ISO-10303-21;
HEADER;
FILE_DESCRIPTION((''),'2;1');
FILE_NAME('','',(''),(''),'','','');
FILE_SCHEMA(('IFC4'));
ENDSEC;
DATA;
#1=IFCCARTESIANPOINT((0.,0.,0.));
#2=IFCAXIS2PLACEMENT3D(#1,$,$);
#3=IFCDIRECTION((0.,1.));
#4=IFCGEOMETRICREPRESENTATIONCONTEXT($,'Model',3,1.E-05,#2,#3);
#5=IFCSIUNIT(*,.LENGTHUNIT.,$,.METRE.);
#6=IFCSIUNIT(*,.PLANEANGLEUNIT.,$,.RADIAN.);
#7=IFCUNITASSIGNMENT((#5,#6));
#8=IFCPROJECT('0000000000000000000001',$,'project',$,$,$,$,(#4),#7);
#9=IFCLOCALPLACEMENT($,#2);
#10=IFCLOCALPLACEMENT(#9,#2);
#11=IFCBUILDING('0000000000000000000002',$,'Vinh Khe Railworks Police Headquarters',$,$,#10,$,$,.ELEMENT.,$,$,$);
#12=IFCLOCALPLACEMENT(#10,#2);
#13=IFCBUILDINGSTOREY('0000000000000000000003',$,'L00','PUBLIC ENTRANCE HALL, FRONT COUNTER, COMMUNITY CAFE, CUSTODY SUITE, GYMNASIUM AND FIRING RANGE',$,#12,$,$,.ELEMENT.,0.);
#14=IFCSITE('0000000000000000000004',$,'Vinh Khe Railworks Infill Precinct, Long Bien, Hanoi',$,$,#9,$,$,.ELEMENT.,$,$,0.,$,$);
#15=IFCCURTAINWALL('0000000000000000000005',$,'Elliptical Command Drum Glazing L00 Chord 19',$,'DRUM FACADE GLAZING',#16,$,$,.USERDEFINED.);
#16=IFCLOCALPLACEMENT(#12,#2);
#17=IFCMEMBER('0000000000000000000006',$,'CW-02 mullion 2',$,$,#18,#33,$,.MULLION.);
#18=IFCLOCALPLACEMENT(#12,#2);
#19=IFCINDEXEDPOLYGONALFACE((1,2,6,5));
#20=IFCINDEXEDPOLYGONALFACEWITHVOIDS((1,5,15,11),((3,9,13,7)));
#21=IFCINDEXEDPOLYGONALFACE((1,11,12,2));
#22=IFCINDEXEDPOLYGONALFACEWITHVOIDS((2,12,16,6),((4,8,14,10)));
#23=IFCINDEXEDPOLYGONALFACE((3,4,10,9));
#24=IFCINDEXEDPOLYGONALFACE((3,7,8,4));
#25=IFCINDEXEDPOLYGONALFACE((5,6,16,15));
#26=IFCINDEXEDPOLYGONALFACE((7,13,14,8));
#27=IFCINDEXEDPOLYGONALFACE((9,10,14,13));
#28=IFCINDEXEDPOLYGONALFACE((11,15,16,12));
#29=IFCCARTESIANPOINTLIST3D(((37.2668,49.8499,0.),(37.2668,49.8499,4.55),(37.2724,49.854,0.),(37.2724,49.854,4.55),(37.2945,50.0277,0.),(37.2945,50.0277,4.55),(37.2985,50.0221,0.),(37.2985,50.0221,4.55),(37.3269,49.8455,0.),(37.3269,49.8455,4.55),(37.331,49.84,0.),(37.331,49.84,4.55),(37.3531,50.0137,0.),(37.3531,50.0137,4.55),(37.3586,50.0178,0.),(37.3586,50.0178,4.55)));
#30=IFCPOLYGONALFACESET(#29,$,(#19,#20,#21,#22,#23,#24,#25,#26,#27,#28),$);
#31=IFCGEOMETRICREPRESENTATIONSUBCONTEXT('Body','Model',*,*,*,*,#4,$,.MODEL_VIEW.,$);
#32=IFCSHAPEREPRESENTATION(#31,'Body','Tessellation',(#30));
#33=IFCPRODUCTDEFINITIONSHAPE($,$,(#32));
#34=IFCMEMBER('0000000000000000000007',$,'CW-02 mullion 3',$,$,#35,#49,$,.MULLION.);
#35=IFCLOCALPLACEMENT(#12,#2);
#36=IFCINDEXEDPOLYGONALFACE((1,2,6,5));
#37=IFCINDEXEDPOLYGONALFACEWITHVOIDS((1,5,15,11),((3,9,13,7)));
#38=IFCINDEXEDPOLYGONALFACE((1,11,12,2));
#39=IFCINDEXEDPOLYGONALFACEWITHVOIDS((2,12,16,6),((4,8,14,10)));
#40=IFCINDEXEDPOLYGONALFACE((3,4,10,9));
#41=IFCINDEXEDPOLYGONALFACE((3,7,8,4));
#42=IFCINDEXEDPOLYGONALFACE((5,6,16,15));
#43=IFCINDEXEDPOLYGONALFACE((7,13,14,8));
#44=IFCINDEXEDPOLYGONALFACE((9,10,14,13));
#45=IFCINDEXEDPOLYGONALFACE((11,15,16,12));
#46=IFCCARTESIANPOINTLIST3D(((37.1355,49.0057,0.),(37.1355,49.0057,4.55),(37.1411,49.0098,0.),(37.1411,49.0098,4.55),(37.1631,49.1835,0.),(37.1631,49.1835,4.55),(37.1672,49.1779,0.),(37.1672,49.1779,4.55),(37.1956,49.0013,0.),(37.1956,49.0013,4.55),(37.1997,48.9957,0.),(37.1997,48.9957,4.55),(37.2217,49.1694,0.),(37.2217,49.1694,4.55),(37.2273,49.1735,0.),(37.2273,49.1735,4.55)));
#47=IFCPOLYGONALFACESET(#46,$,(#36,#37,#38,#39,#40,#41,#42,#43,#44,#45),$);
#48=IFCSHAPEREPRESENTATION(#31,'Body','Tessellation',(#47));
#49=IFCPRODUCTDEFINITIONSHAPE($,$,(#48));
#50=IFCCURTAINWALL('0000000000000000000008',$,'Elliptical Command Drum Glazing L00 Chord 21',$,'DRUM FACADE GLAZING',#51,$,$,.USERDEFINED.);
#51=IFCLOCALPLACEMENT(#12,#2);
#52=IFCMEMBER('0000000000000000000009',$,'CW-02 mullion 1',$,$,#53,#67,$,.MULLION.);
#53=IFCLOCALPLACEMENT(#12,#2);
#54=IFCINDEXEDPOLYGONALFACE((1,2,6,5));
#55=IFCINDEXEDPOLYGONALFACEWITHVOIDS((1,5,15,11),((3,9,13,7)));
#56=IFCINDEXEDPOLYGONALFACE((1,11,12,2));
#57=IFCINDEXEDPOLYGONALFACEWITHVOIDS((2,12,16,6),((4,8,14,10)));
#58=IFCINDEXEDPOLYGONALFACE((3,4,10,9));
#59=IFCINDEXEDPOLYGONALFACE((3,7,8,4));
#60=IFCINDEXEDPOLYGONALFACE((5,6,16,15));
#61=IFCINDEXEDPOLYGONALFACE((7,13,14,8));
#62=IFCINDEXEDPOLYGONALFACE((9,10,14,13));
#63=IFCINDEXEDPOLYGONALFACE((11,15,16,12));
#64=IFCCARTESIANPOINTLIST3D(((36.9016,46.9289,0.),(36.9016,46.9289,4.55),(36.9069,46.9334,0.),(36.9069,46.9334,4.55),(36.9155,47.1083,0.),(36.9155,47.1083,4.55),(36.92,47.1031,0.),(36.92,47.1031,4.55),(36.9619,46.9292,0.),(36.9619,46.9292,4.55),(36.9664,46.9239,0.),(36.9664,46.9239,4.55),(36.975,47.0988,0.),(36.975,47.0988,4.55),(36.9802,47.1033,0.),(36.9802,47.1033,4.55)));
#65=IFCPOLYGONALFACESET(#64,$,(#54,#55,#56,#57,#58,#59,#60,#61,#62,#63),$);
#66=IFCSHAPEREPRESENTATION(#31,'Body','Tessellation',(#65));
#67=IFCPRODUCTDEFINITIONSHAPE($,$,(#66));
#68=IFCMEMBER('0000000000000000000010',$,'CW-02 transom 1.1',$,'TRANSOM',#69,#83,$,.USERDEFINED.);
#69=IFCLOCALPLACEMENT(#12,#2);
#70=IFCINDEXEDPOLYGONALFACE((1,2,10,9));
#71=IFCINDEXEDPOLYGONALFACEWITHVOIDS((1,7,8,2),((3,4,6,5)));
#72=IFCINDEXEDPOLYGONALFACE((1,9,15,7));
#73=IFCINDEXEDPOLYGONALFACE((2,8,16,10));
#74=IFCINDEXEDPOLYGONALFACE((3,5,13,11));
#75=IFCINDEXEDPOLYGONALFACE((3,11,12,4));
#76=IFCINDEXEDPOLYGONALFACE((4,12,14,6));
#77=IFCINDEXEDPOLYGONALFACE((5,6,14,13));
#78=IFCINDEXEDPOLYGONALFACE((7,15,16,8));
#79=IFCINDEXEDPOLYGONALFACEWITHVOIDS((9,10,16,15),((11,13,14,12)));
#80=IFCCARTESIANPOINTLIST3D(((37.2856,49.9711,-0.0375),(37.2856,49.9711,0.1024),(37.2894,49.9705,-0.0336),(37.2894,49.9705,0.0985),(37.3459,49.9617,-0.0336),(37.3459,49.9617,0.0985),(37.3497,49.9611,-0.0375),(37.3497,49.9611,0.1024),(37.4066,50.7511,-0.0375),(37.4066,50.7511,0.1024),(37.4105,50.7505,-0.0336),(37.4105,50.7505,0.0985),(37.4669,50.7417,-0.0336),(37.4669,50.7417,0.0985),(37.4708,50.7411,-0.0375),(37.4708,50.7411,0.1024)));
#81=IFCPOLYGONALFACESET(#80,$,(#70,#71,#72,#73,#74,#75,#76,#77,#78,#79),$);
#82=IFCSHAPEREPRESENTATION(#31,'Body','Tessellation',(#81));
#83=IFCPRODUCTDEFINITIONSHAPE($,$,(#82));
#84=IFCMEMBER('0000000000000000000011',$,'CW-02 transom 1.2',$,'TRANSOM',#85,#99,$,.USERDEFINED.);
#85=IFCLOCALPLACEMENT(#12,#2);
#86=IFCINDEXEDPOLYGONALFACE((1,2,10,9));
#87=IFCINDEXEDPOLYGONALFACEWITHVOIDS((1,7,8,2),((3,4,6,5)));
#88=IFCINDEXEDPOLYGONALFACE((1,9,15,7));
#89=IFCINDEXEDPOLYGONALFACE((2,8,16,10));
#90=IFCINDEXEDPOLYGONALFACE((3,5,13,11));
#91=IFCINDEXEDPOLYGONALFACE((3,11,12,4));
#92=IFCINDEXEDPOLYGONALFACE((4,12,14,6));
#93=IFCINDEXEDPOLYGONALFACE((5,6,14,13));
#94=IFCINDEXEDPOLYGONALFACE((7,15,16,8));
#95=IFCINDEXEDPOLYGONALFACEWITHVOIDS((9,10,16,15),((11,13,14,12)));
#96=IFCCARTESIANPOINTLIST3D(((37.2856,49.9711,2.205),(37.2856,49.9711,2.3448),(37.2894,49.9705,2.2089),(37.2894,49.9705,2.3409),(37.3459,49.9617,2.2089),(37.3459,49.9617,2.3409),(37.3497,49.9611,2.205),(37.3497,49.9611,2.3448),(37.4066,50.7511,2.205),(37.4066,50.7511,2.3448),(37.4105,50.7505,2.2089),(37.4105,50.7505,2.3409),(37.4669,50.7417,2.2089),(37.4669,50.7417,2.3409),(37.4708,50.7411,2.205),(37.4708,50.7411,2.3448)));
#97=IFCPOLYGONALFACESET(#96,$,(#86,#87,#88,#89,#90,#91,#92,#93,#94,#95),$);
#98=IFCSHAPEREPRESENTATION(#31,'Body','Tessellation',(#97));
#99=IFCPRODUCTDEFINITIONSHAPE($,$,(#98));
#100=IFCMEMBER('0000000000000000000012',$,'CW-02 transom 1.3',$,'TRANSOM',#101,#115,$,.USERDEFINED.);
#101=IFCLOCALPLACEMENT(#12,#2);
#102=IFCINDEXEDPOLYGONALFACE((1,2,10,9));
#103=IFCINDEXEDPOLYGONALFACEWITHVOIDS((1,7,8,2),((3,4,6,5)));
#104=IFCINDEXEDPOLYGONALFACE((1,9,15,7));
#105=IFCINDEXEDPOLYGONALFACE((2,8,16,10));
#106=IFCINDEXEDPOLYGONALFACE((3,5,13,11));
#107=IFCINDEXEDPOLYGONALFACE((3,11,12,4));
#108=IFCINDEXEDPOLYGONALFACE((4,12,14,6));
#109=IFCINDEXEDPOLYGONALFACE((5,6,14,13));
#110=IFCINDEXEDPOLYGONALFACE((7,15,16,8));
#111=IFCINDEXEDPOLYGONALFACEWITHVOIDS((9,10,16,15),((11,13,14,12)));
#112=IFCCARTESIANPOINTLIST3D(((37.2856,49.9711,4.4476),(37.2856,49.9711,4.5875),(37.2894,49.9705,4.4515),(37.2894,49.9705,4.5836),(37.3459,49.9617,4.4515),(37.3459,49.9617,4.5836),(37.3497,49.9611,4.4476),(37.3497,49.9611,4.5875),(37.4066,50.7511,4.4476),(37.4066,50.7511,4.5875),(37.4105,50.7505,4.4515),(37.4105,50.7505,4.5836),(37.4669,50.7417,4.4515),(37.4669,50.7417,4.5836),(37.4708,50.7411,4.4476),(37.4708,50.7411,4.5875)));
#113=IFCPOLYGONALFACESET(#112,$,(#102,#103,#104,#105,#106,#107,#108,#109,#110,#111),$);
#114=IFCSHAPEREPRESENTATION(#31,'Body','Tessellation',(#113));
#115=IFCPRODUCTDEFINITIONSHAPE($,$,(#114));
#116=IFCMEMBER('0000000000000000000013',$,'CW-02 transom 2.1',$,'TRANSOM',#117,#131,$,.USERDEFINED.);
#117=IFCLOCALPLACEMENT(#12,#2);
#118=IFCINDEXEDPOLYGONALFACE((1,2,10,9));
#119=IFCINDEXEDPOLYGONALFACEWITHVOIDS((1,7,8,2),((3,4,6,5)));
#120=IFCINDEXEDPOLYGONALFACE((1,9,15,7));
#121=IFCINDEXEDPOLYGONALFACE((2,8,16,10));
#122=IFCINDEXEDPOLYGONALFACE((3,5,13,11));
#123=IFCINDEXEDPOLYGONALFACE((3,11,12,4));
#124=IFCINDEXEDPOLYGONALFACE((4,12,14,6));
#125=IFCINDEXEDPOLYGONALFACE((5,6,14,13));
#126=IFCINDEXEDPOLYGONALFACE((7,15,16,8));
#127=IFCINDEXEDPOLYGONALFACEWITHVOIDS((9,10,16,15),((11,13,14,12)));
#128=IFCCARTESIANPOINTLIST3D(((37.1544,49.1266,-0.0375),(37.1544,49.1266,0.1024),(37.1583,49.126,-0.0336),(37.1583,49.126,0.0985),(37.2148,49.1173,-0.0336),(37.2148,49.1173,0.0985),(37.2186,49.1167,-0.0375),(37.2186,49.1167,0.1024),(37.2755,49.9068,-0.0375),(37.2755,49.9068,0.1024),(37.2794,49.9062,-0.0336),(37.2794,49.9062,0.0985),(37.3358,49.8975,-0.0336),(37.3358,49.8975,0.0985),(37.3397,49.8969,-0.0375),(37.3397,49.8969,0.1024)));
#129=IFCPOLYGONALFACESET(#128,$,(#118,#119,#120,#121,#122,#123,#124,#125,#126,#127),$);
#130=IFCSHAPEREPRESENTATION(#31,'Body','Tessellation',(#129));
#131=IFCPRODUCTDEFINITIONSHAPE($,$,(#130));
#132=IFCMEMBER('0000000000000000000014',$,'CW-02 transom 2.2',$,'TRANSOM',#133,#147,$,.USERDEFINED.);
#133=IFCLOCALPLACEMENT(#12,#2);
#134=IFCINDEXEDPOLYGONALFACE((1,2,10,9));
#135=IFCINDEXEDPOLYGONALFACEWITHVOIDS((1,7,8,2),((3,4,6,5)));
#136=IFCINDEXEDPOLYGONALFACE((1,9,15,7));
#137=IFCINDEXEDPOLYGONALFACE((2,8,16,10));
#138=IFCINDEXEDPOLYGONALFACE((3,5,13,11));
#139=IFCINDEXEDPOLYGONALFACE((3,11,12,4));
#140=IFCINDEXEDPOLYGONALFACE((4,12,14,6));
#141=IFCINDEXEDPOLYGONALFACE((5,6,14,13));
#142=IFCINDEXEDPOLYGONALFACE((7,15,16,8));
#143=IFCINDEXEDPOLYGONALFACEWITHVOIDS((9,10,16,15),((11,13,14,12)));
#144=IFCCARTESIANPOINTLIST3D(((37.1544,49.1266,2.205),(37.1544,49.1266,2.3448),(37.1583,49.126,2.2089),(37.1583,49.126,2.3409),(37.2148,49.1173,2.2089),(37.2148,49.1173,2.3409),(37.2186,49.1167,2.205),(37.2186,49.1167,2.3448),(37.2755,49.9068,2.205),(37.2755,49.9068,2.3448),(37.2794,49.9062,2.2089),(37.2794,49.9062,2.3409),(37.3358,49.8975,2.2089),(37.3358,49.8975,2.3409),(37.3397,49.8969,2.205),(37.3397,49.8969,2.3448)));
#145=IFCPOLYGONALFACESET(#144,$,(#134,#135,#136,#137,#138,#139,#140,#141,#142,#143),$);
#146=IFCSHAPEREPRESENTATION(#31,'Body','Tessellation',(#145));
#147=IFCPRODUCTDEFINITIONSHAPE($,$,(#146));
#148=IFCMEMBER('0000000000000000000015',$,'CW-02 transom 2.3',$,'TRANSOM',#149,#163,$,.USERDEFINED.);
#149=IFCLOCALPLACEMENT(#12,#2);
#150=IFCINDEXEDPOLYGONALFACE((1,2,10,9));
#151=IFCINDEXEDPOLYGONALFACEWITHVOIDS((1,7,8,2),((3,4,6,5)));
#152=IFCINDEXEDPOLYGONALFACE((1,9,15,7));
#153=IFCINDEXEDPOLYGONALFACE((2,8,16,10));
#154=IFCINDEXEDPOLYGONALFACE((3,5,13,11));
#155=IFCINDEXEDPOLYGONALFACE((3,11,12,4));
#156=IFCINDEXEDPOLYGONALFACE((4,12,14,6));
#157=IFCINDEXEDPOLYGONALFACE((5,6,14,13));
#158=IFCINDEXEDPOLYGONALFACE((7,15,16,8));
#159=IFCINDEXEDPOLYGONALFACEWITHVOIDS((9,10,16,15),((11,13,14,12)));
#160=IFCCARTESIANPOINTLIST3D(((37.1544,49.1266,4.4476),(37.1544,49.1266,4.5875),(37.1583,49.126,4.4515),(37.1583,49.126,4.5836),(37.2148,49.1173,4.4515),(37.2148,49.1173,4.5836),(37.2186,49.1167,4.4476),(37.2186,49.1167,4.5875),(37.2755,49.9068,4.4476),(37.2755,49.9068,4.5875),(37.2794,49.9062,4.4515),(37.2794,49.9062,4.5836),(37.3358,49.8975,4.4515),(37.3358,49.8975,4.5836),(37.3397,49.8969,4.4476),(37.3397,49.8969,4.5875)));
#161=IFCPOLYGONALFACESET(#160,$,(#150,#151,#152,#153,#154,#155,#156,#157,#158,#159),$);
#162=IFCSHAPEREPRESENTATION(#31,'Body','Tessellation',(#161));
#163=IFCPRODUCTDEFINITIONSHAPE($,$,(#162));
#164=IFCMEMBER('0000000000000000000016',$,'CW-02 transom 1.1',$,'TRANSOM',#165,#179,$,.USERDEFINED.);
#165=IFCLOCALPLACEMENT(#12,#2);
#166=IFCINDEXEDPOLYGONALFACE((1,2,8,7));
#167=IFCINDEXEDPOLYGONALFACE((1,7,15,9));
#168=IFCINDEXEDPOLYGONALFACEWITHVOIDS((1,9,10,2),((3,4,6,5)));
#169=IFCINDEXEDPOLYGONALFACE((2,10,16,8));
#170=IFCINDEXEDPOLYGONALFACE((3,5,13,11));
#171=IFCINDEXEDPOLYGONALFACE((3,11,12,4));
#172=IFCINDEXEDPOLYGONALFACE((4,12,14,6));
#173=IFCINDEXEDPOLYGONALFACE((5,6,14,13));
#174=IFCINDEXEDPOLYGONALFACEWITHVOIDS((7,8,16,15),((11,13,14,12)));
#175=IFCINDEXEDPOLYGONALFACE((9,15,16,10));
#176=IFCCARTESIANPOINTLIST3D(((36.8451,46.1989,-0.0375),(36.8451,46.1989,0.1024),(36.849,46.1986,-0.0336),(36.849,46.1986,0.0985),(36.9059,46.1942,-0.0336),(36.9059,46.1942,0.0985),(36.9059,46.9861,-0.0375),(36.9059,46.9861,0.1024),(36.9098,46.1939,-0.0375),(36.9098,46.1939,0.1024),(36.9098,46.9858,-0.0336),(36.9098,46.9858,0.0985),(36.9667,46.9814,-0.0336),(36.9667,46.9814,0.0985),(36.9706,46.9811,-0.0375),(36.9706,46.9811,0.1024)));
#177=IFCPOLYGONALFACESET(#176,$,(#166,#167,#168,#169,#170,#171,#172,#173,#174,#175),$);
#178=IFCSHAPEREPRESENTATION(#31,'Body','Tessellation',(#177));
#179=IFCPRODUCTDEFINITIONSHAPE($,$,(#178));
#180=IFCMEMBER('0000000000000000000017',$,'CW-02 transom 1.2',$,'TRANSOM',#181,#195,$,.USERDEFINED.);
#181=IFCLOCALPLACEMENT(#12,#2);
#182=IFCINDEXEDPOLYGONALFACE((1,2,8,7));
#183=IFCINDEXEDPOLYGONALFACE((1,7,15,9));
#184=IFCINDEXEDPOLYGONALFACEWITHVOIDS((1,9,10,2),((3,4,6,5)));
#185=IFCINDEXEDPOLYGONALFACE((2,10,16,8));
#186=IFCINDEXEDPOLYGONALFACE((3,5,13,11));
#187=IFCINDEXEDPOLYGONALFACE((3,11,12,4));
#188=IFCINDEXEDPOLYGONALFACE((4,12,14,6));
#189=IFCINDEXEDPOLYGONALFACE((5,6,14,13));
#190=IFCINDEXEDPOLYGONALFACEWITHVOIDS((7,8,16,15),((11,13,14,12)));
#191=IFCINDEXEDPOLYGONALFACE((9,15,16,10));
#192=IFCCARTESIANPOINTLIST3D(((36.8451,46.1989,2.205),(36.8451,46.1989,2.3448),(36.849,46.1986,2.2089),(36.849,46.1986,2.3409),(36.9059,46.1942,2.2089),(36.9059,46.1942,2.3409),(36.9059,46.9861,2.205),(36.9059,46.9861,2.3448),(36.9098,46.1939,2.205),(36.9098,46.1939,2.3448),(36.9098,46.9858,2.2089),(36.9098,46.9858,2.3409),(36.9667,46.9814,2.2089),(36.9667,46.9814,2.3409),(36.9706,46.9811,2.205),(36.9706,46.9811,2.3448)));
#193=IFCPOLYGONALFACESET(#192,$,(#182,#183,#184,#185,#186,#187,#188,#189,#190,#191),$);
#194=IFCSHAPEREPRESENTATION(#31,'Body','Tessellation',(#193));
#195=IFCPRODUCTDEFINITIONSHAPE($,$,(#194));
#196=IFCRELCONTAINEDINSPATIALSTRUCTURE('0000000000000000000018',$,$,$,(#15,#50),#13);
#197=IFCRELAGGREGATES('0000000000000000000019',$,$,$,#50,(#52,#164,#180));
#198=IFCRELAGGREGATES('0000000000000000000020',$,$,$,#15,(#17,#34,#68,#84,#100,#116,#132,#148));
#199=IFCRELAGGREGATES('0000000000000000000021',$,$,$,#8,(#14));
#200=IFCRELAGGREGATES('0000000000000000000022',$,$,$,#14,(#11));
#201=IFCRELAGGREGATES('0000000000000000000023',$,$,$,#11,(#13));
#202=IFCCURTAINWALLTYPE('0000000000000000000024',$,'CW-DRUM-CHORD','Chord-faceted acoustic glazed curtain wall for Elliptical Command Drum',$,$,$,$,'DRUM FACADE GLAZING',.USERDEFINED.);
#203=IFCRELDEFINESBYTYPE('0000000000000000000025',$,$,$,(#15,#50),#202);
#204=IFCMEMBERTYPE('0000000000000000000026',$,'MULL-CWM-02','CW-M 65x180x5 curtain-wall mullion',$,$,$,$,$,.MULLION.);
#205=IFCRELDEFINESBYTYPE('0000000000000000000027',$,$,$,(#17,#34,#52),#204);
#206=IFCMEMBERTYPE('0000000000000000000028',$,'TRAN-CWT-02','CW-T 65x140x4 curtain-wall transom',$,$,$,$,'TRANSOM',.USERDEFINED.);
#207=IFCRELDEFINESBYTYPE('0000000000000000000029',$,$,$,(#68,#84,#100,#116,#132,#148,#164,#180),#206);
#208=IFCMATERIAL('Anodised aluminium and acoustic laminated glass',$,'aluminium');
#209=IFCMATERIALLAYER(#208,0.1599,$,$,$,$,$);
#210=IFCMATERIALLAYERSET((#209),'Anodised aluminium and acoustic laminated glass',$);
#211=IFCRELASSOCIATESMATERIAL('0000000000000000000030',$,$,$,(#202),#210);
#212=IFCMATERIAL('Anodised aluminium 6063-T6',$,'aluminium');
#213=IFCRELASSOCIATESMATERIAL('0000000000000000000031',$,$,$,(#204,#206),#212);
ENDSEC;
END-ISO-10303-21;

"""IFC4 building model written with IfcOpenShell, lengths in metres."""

from ifc_helpers import new_model, si_unit, direction, frame, origin, origin_2d, place, context, subcontext, project, spatial, hollow_rectangle, extrude, material, layer, layer_set, material_profile, profile_set, type_object, element, aggregate, save


model = new_model("IFC4")

# Units and contexts
model_context = context("Model", 3, precision=1e-05, world=origin(), true_north=direction((0.0, 1.0)))
body_context = subcontext(model_context, "Body", "Model", "MODEL_VIEW")
ifc_project = project(units=[si_unit("LENGTHUNIT", "METRE"), si_unit("PLANEANGLEUNIT", "RADIAN")], contexts=[model_context])

# Site, building, storey
site_placement = place(None, origin())
site = spatial("IfcSite", under=ifc_project, at=site_placement, Name="Vinh Khe Railworks Infill Precinct, Long Bien, Hanoi", CompositionType="ELEMENT", RefElevation=0.0)
building_placement = place(site_placement, origin())
building = spatial("IfcBuilding", under=site, at=building_placement, Name="Vinh Khe Railworks Police Headquarters", CompositionType="ELEMENT")
storey_placement = place(building_placement, origin())
storey = spatial("IfcBuildingStorey", under=building, at=storey_placement, Name="L00", Description="PUBLIC ENTRANCE HALL, FRONT COUNTER, COMMUNITY CAFE, CUSTODY SUITE, GYMNASIUM AND FIRING RANGE", CompositionType="ELEMENT", Elevation=0.0)

# Curtain wall, members
ifc_material_1 = material(Name="Anodised aluminium and acoustic laminated glass", Category="aluminium")
ifc_layer_1 = layer(ifc_material_1, 0.1599)
ifc_layer_set_1 = layer_set([ifc_layer_1], Name="Anodised aluminium and acoustic laminated glass")
curtain_wall_type = type_object("IfcCurtainWallType", Name="CW-DRUM-CHORD", Description="Chord-faceted acoustic glazed curtain wall for Elliptical Command Drum", ElementType="DRUM FACADE GLAZING", PredefinedType="USERDEFINED", material=ifc_layer_set_1)
curtain_wall_1_placement = place(storey_placement, origin())
curtain_wall_1 = element("IfcCurtainWall", 1, at=curtain_wall_1_placement, inside=storey, type_object=curtain_wall_type, Name="Elliptical Command Drum Glazing L00 Chord 19", ObjectType="DRUM FACADE GLAZING", PredefinedType="USERDEFINED")
ifc_material_2 = material(Name="Anodised aluminium 6063-T6", Category="aluminium")
ifc_material_profile_1 = material_profile(ifc_material_2, hollow_rectangle(XDim=0.0649, YDim=0.1799, WallThickness=0.0049, at=origin_2d()), Name="CW-M 65x180x5")
ifc_profile_set_1 = profile_set([ifc_material_profile_1], Name="Anodised aluminium 6063-T6")
member_type_1 = type_object("IfcMemberType", Name="MULL-CWM-02", Description="CW-M 65x180x5 curtain-wall mullion", PredefinedType="MULLION", material=ifc_profile_set_1)
member_1_placement = place(storey_placement, frame((37.3127, 49.9338, 0.0), z_axis=(0.0, 0.0, 1.0), x_axis=(0.98815, -0.153491, 0.0)))
member_1 = element("IfcMember", 2, at=member_1_placement, type_object=member_type_1, Name="CW-02 mullion 2", PredefinedType="MULLION", context=body_context, shape_type="SweptSolid", body=[
    extrude(hollow_rectangle(XDim=0.0649, YDim=0.1799, WallThickness=0.0049, at=origin_2d()), origin(), (0.0, 0.0, 1.0), 4.55),
])
member_2_placement = place(storey_placement, frame((37.1814, 49.0896, 0.0), z_axis=(0.0, 0.0, 1.0), x_axis=(0.98815, -0.153491, 0.0)))
member_2 = element("IfcMember", 3, at=member_2_placement, type_object=member_type_1, Name="CW-02 mullion 3", PredefinedType="MULLION", context=body_context, shape_type="SweptSolid", body=[
    extrude(hollow_rectangle(XDim=0.0649, YDim=0.1799, WallThickness=0.0049, at=origin_2d()), origin(), (0.0, 0.0, 1.0), 4.55),
])

# Curtain wall, member
curtain_wall_2_placement = place(storey_placement, origin())
curtain_wall_2 = element("IfcCurtainWall", 4, at=curtain_wall_2_placement, inside=storey, type_object=curtain_wall_type, Name="Elliptical Command Drum Glazing L00 Chord 21", ObjectType="DRUM FACADE GLAZING", PredefinedType="USERDEFINED")
member_3_placement = place(storey_placement, frame((36.9409, 47.0161, 0.0), z_axis=(0.0, 0.0, 1.0), x_axis=(0.997033, -0.07697, 0.0)))
member_3 = element("IfcMember", 5, at=member_3_placement, type_object=member_type_1, Name="CW-02 mullion 1", PredefinedType="MULLION", context=body_context, shape_type="SweptSolid", body=[
    extrude(hollow_rectangle(XDim=0.0649, YDim=0.1799, WallThickness=0.0049, at=origin_2d()), origin(), (0.0, 0.0, 1.0), 4.55),
])

# Members
ifc_material_profile_2 = material_profile(ifc_material_2, hollow_rectangle(XDim=0.0649, YDim=0.1399, WallThickness=0.0039, at=origin_2d()), Name="CW-T 65x140x4")
ifc_profile_set_2 = profile_set([ifc_material_profile_2], Name="Anodised aluminium 6063-T6")
member_type_2 = type_object("IfcMemberType", Name="TRAN-CWT-02", Description="CW-T 65x140x4 curtain-wall transom", ElementType="TRANSOM", PredefinedType="USERDEFINED", material=ifc_profile_set_2)
member_4_placement = place(storey_placement, frame((37.4387, 50.7461, 0.0325), z_axis=(-0.153405, -0.988163, 0.0), x_axis=(0.988163, -0.153405, 0.0)))
member_4 = element("IfcMember", 6, at=member_4_placement, type_object=member_type_2, Name="CW-02 transom 1.1", ObjectType="TRANSOM", PredefinedType="USERDEFINED", context=body_context, shape_type="SweptSolid", body=[
    extrude(hollow_rectangle(XDim=0.0649, YDim=0.1399, WallThickness=0.0039, at=origin_2d()), origin(), (0.0, 0.0, 1.0), 0.7893),
])
member_5_placement = place(storey_placement, frame((37.4387, 50.7461, 2.2749), z_axis=(-0.153405, -0.988163, 0.0), x_axis=(0.988163, -0.153405, 0.0)))
member_5 = element("IfcMember", 7, at=member_5_placement, type_object=member_type_2, Name="CW-02 transom 1.2", ObjectType="TRANSOM", PredefinedType="USERDEFINED", context=body_context, shape_type="SweptSolid", body=[
    extrude(hollow_rectangle(XDim=0.0649, YDim=0.1399, WallThickness=0.0039, at=origin_2d()), origin(), (0.0, 0.0, 1.0), 0.7893),
])
member_6_placement = place(storey_placement, frame((37.4387, 50.7461, 4.5176), z_axis=(-0.153405, -0.988163, 0.0), x_axis=(0.988163, -0.153405, 0.0)))
member_6 = element("IfcMember", 8, at=member_6_placement, type_object=member_type_2, Name="CW-02 transom 1.3", ObjectType="TRANSOM", PredefinedType="USERDEFINED", context=body_context, shape_type="SweptSolid", body=[
    extrude(hollow_rectangle(XDim=0.0649, YDim=0.1399, WallThickness=0.0039, at=origin_2d()), origin(), (0.0, 0.0, 1.0), 0.7893),
])
member_7_placement = place(storey_placement, frame((37.3076, 49.9019, 0.0325), z_axis=(-0.153358, -0.988171, 0.0), x_axis=(0.988171, -0.153358, 0.0)))
member_7 = element("IfcMember", 9, at=member_7_placement, type_object=member_type_2, Name="CW-02 transom 2.1", ObjectType="TRANSOM", PredefinedType="USERDEFINED", context=body_context, shape_type="SweptSolid", body=[
    extrude(hollow_rectangle(XDim=0.0649, YDim=0.1399, WallThickness=0.0039, at=origin_2d()), origin(), (0.0, 0.0, 1.0), 0.7896),
])
member_8_placement = place(storey_placement, frame((37.3076, 49.9019, 2.2749), z_axis=(-0.153358, -0.988171, 0.0), x_axis=(0.988171, -0.153358, 0.0)))
member_8 = element("IfcMember", 10, at=member_8_placement, type_object=member_type_2, Name="CW-02 transom 2.2", ObjectType="TRANSOM", PredefinedType="USERDEFINED", context=body_context, shape_type="SweptSolid", body=[
    extrude(hollow_rectangle(XDim=0.0649, YDim=0.1399, WallThickness=0.0039, at=origin_2d()), origin(), (0.0, 0.0, 1.0), 0.7896),
])
member_9_placement = place(storey_placement, frame((37.3076, 49.9019, 4.5176), z_axis=(-0.153358, -0.988171, 0.0), x_axis=(0.988171, -0.153358, 0.0)))
member_9 = element("IfcMember", 11, at=member_9_placement, type_object=member_type_2, Name="CW-02 transom 2.3", ObjectType="TRANSOM", PredefinedType="USERDEFINED", context=body_context, shape_type="SweptSolid", body=[
    extrude(hollow_rectangle(XDim=0.0649, YDim=0.1399, WallThickness=0.0039, at=origin_2d()), origin(), (0.0, 0.0, 1.0), 0.7896),
])
member_10_placement = place(storey_placement, frame((36.9382, 46.9836, 0.0325), z_axis=(-0.077004, -0.997031, 0.0), x_axis=(0.997031, -0.077004, 0.0)))
member_10 = element("IfcMember", 12, at=member_10_placement, type_object=member_type_2, Name="CW-02 transom 1.1", ObjectType="TRANSOM", PredefinedType="USERDEFINED", context=body_context, shape_type="SweptSolid", body=[
    extrude(hollow_rectangle(XDim=0.0649, YDim=0.1399, WallThickness=0.0039, at=origin_2d()), origin(), (0.0, 0.0, 1.0), 0.7896),
])
member_11_placement = place(storey_placement, frame((36.9382, 46.9836, 2.2749), z_axis=(-0.077004, -0.997031, 0.0), x_axis=(0.997031, -0.077004, 0.0)))
member_11 = element("IfcMember", 13, at=member_11_placement, type_object=member_type_2, Name="CW-02 transom 1.2", ObjectType="TRANSOM", PredefinedType="USERDEFINED", context=body_context, shape_type="SweptSolid", body=[
    extrude(hollow_rectangle(XDim=0.0649, YDim=0.1399, WallThickness=0.0039, at=origin_2d()), origin(), (0.0, 0.0, 1.0), 0.7896),
])
aggregate(curtain_wall_2, [member_3, member_10, member_11])

aggregate(curtain_wall_1, [member_1, member_2, member_4, member_5, member_6, member_7, member_8, member_9])

save(model, "model.ifc")
